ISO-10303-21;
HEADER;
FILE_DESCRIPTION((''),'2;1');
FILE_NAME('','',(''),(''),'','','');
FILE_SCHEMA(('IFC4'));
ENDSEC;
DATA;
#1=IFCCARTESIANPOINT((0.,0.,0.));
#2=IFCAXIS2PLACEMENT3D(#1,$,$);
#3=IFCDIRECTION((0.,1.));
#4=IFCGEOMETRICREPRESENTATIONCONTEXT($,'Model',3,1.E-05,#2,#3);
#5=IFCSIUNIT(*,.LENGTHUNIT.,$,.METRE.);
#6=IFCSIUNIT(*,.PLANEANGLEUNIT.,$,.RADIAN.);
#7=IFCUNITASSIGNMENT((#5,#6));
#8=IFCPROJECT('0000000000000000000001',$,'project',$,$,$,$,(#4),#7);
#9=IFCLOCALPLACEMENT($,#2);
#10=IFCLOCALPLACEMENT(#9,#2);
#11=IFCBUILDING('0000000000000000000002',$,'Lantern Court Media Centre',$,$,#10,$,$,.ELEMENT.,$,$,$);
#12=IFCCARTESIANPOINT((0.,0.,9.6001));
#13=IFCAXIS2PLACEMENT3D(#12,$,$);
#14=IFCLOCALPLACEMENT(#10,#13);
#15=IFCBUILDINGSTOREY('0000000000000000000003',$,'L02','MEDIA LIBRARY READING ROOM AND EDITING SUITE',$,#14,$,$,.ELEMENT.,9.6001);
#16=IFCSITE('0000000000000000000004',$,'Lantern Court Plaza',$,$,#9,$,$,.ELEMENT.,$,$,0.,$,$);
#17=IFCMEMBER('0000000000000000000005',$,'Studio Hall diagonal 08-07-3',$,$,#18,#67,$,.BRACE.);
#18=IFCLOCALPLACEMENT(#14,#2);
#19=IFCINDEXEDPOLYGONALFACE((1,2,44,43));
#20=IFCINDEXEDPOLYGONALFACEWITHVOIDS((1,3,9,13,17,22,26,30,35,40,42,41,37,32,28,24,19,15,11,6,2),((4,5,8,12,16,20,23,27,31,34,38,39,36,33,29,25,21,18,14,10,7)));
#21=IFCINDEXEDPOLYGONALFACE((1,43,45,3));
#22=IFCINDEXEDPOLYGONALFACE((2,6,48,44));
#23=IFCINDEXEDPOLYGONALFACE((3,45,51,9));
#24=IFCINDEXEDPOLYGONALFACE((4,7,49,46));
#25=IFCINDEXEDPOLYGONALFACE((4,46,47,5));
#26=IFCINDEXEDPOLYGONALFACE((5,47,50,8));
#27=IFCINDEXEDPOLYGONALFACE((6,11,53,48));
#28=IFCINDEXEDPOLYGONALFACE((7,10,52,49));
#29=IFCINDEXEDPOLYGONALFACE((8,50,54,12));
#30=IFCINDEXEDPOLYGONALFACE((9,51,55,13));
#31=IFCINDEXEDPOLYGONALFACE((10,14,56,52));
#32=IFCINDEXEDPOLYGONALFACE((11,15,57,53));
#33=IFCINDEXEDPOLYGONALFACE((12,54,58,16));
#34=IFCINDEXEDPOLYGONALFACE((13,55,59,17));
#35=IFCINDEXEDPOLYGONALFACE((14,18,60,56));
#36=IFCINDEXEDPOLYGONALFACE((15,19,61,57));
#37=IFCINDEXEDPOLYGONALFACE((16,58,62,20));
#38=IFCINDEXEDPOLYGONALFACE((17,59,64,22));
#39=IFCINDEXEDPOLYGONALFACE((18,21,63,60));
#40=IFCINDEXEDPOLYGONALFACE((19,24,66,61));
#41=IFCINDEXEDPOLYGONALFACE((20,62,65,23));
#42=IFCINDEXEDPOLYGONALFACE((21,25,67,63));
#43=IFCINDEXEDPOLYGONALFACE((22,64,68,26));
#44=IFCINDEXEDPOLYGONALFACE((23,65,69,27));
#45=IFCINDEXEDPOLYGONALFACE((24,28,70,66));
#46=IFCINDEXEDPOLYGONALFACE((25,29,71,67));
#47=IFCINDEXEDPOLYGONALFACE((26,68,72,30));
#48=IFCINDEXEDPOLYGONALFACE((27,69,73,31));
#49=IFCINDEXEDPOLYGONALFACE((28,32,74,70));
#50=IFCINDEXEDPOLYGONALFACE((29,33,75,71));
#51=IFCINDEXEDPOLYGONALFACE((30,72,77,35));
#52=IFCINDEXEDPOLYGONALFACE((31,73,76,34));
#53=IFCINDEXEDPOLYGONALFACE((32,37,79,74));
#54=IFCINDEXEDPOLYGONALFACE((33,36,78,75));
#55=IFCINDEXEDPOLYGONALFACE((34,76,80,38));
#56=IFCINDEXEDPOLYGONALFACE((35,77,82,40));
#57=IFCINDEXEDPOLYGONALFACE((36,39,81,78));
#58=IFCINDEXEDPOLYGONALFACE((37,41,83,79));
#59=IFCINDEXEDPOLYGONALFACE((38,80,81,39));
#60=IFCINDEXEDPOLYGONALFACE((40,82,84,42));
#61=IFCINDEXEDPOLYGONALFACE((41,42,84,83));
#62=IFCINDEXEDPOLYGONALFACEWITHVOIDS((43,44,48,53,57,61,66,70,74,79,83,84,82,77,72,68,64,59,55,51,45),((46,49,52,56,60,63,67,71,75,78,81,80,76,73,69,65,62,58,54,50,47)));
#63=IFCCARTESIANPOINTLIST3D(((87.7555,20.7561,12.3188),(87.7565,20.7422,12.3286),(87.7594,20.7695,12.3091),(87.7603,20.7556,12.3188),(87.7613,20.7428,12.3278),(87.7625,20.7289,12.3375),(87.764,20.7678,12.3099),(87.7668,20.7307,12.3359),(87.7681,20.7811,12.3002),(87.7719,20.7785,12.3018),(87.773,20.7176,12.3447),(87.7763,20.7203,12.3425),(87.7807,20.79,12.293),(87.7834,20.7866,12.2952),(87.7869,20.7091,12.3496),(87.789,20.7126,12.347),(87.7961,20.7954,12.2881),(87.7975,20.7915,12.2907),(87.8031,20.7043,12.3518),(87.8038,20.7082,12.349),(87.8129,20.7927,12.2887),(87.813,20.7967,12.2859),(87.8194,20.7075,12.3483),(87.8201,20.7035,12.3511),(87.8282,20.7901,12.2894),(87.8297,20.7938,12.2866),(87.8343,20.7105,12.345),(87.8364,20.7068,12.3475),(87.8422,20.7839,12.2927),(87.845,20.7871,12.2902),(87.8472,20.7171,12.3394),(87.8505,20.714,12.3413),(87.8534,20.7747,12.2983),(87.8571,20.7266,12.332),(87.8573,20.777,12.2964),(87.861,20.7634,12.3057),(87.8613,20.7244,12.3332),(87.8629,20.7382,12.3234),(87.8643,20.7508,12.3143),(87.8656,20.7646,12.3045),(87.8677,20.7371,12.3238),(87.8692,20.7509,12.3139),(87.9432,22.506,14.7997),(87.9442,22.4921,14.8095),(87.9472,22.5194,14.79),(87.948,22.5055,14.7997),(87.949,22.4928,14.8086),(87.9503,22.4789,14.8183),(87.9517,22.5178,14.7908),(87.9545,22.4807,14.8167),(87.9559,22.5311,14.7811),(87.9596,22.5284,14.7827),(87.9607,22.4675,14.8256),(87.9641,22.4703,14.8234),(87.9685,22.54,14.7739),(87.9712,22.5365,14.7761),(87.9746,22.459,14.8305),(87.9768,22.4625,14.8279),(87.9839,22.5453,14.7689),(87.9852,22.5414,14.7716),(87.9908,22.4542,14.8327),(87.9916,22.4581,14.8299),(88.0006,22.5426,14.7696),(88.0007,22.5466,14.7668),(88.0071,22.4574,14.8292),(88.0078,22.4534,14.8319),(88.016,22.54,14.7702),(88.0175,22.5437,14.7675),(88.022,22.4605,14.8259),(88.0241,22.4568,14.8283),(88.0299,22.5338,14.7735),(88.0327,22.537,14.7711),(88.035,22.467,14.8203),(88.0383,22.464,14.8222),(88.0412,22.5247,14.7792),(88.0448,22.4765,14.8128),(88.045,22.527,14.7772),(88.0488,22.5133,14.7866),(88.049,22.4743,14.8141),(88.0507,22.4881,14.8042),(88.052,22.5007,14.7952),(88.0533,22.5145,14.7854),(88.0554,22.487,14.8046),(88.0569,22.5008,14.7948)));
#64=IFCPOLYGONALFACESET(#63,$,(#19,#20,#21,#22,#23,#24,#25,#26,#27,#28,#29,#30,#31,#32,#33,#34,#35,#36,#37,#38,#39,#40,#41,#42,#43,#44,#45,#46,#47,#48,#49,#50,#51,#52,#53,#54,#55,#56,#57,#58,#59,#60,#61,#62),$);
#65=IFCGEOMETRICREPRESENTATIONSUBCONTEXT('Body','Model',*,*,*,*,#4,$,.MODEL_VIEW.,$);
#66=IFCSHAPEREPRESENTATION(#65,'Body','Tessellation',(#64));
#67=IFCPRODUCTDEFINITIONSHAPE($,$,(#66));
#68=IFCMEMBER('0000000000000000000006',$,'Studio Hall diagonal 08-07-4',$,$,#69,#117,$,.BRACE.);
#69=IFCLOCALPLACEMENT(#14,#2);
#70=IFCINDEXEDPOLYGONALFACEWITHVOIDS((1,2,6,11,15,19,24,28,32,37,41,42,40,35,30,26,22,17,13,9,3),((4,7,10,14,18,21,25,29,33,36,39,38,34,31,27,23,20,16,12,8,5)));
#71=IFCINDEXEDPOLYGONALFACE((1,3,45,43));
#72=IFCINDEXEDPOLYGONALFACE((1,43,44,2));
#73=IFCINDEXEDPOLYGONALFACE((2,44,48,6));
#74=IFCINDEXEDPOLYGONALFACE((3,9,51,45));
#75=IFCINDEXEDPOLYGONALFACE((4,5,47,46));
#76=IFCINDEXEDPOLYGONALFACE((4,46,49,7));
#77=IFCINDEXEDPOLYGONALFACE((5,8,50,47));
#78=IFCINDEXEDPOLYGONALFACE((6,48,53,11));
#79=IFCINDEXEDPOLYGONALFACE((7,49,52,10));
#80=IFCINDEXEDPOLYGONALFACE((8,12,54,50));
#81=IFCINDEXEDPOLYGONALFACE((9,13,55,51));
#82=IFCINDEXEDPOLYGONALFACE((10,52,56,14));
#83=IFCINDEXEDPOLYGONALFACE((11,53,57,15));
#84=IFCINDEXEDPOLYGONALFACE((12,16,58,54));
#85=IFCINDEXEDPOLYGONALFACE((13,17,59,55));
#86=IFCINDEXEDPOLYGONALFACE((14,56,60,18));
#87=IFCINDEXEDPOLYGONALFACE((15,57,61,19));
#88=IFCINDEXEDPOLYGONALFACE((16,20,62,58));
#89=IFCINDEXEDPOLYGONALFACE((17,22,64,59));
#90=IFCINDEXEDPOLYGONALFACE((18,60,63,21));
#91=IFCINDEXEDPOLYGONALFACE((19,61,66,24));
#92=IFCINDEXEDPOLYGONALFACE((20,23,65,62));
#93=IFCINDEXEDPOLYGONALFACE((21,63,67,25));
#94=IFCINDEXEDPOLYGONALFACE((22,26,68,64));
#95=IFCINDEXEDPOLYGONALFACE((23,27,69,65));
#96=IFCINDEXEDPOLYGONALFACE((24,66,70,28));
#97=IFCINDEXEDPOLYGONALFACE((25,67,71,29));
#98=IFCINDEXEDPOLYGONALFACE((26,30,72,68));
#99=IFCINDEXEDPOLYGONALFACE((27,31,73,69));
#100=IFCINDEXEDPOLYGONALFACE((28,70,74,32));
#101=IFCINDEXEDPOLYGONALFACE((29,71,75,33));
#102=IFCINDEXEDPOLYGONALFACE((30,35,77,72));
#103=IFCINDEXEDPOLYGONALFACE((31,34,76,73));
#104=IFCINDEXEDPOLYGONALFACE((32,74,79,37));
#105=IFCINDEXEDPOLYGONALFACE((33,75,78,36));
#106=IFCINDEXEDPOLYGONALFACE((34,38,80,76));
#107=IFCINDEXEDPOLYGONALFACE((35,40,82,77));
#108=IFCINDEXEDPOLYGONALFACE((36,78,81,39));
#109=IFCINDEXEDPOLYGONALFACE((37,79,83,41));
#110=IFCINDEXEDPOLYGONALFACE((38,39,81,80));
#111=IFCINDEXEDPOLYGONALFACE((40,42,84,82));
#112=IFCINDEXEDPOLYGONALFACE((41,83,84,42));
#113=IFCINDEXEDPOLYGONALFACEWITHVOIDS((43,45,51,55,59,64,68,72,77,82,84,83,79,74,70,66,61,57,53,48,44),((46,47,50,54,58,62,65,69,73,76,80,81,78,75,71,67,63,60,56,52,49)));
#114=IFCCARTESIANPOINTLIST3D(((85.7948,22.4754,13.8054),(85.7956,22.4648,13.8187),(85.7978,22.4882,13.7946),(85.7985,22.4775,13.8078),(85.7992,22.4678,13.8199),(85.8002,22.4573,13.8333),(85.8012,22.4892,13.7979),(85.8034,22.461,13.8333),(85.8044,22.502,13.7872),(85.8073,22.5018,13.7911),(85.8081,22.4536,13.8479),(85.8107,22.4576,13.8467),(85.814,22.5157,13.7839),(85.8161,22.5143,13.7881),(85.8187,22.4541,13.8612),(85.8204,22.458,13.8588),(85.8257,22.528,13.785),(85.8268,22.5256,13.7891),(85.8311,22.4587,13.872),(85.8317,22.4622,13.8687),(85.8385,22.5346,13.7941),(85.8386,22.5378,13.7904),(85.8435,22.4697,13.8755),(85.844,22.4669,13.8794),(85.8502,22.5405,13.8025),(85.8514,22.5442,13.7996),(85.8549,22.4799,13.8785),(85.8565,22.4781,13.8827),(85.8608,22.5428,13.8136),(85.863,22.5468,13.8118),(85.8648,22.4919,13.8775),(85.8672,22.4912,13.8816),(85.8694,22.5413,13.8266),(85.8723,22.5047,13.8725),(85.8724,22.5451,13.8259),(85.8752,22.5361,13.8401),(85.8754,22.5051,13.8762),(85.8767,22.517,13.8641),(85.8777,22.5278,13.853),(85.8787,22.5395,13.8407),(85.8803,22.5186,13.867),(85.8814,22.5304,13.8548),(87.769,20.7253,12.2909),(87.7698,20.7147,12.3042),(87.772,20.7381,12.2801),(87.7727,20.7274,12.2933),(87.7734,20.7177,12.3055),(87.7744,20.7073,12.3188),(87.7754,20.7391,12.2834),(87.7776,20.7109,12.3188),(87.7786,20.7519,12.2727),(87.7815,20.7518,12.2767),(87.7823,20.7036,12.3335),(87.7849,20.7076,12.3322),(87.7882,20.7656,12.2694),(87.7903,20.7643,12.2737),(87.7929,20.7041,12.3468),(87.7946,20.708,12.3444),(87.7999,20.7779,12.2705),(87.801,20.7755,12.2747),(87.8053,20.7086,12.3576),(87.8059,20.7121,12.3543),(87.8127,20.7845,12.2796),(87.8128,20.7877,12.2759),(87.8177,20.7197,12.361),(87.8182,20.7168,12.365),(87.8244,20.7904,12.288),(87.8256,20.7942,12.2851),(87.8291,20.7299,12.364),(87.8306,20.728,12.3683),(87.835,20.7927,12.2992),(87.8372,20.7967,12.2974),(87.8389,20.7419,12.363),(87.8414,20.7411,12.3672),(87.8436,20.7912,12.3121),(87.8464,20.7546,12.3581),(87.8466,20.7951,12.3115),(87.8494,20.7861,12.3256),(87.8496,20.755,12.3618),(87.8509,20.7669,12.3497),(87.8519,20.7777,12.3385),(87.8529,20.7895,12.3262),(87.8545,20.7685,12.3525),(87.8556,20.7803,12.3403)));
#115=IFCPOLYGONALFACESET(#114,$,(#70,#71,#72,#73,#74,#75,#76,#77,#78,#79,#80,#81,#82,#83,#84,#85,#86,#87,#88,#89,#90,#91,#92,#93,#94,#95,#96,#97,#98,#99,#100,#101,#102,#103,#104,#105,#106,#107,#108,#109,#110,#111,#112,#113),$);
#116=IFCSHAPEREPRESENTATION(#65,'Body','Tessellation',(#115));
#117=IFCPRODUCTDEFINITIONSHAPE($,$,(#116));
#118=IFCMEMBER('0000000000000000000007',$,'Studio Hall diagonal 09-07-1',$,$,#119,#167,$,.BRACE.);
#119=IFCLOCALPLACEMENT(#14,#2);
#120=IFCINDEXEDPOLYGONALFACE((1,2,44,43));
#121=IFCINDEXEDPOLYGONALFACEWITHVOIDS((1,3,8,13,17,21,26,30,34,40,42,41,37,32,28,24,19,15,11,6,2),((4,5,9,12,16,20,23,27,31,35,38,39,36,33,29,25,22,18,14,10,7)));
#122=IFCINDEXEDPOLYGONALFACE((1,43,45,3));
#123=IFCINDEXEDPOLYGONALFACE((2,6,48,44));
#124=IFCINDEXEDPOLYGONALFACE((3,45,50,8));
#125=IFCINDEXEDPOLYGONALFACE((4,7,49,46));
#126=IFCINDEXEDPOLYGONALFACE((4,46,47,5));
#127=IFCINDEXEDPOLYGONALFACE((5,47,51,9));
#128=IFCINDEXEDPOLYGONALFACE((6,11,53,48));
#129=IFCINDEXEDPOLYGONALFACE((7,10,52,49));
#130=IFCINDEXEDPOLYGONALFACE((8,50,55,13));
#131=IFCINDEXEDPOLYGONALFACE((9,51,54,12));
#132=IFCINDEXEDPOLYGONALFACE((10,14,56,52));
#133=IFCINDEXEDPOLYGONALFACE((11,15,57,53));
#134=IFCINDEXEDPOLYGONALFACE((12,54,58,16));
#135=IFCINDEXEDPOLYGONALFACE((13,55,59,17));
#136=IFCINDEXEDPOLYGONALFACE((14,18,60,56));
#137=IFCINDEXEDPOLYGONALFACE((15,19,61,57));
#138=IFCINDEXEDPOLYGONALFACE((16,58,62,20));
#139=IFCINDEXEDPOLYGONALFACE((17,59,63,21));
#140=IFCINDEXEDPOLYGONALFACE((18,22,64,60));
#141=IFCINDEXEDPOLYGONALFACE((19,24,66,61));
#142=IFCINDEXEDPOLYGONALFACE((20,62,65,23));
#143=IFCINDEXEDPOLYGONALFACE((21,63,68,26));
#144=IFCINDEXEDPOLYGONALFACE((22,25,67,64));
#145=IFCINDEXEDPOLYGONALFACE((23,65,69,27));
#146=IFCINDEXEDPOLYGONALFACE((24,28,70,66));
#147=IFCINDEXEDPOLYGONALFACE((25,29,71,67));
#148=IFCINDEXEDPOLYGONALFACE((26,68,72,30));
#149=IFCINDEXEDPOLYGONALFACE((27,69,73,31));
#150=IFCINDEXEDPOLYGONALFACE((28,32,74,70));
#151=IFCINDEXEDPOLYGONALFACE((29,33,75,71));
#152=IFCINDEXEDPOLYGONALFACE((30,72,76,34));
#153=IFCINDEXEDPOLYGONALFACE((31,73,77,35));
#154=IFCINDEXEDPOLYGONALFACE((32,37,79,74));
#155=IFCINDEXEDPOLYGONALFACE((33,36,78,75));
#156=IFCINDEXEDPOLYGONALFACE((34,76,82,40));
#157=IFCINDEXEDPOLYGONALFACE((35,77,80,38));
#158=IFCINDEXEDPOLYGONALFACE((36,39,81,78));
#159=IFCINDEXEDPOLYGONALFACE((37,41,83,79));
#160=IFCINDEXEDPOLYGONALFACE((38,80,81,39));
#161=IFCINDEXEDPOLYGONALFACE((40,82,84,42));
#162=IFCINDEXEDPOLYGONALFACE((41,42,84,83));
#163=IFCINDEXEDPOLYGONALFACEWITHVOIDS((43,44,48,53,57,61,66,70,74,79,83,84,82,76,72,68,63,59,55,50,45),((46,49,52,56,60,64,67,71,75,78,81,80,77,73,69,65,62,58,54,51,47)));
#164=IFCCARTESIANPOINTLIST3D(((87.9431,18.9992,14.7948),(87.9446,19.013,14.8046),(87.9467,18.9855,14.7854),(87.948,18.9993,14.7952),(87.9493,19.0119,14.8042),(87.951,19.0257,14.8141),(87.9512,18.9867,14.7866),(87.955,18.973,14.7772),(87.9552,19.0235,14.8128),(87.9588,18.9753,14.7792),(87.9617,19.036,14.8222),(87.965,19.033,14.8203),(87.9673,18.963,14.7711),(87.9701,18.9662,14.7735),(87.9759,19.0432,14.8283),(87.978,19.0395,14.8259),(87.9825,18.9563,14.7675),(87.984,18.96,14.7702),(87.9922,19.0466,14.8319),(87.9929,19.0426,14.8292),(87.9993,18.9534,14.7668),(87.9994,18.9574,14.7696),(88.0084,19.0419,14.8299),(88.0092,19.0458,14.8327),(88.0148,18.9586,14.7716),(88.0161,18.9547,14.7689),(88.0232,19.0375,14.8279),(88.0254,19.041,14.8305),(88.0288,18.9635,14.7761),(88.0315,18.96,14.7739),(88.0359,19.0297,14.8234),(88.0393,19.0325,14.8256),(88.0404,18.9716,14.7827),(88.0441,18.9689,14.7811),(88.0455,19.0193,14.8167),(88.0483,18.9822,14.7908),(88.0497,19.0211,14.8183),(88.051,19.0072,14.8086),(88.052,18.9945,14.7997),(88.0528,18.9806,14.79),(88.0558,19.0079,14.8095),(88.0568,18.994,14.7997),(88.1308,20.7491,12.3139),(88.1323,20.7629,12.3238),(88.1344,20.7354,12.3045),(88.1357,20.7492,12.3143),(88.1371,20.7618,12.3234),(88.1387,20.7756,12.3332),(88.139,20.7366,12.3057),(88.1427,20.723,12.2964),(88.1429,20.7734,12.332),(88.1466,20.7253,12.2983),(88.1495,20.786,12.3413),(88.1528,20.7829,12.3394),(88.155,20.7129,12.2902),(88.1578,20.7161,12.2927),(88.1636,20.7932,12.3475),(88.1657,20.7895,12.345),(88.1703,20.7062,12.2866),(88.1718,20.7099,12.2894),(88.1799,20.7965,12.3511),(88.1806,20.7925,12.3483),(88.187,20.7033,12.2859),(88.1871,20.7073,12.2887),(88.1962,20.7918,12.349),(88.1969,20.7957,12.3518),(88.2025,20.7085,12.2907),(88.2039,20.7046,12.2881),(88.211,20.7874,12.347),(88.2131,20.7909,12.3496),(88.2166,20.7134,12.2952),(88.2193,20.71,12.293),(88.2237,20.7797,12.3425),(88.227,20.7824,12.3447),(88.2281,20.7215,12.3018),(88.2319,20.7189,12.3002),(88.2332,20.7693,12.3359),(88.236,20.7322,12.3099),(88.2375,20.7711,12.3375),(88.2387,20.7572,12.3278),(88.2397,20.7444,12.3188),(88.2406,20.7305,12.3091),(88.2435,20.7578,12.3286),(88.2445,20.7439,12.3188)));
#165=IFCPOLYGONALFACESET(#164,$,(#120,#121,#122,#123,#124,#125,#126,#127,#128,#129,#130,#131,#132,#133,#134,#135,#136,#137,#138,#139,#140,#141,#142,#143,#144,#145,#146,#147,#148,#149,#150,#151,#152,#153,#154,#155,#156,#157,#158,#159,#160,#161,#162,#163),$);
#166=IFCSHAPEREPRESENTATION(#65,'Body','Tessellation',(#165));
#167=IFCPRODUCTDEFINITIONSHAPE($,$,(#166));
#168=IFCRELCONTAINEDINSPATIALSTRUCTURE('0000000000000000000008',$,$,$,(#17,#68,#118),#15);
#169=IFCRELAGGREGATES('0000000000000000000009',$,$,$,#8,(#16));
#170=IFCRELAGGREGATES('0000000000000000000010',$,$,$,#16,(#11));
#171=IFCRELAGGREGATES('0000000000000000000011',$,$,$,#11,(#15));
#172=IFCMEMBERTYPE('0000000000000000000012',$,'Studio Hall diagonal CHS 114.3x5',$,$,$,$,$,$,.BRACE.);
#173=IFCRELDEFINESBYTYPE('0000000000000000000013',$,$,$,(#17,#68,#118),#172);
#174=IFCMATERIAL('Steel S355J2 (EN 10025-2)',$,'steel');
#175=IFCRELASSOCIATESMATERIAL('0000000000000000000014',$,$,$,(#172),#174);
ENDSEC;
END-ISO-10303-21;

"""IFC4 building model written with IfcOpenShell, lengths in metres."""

from ifc_helpers import new_model, si_unit, direction, frame, origin, origin_2d, place, context, subcontext, project, spatial, hollow_circle, extrude, material, material_profile, profile_set, type_object, element, save


model = new_model("IFC4")

# Units and contexts
model_context = context("Model", 3, precision=1e-05, world=origin(), true_north=direction((0.0, 1.0)))
body_context = subcontext(model_context, "Body", "Model", "MODEL_VIEW")
ifc_project = project(units=[si_unit("LENGTHUNIT", "METRE"), si_unit("PLANEANGLEUNIT", "RADIAN")], contexts=[model_context])

# Site, building, storey
site_placement = place(None, origin())
site = spatial("IfcSite", under=ifc_project, at=site_placement, Name="Lantern Court Plaza", CompositionType="ELEMENT", RefElevation=0.0)
building_placement = place(site_placement, origin())
building = spatial("IfcBuilding", under=site, at=building_placement, Name="Lantern Court Media Centre", CompositionType="ELEMENT")
storey_placement = place(building_placement, frame((0.0, 0.0, 9.6001)))
storey = spatial("IfcBuildingStorey", under=building, at=storey_placement, Name="L02", Description="MEDIA LIBRARY READING ROOM AND EDITING SUITE", CompositionType="ELEMENT", Elevation=9.6001)

# Members
ifc_material = material(Name="Steel S355J2 (EN 10025-2)", Category="steel")
ifc_material_profile_1 = material_profile(ifc_material, hollow_circle(Radius=0.0571, WallThickness=0.0049, at=origin_2d()), Name="Studio Hall diagonal CHS 114.3x5")
ifc_profile_set_1 = profile_set([ifc_material_profile_1], Name="Steel S355J2 (EN 10025-2)")
member_type_1 = type_object("IfcMemberType", Name="Studio Hall diagonal CHS 114.3x5", PredefinedType="BRACE", material=ifc_profile_set_1)
for number, where, z_axis, x_axis, name in (
    (1, (87.8123, 20.75, 12.3188), (0.06172, 0.575306, 0.815606), (-0.994294, 0.10667, 0.0), "Studio Hall diagonal 08-07-3"),
):
    element("IfcMember", number, at=place(storey_placement, frame(where, z_axis=z_axis, x_axis=x_axis)), inside=storey, type_object=member_type_1, Name=name, PredefinedType="BRACE", context=body_context, shape_type="SweptSolid", body=[
        extrude(hollow_circle(Radius=0.0571, WallThickness=0.0049, at=origin_2d()), origin(), (0.0, 0.0, 1.0), 3.0417),
    ])
member_1_placement = place(storey_placement, frame((87.8123, 20.75, 12.3188), z_axis=(-0.648979, 0.575301, 0.49785), x_axis=(-0.663352, -0.748307, 0.0)))
element("IfcMember", 2, at=member_1_placement, inside=storey, type_object=member_type_1, Name="Studio Hall diagonal 08-07-4", PredefinedType="BRACE", context=body_context, shape_type="SweptSolid", body=[
    extrude(hollow_circle(Radius=0.0571, WallThickness=0.0049, at=origin_2d()), origin(), (0.0, 0.0, 1.0), 3.042),
])
member_2_placement = place(storey_placement, frame((88.1877, 20.75, 12.3188), z_axis=(-0.06172, -0.575306, 0.815606), x_axis=(0.994294, -0.10667, 0.0)))
element("IfcMember", 3, at=member_2_placement, inside=storey, type_object=member_type_1, Name="Studio Hall diagonal 09-07-1", PredefinedType="BRACE", context=body_context, shape_type="SweptSolid", body=[
    extrude(hollow_circle(Radius=0.0571, WallThickness=0.0049, at=origin_2d()), origin(), (0.0, 0.0, 1.0), 3.0417),
])

save(model, "model.ifc")
